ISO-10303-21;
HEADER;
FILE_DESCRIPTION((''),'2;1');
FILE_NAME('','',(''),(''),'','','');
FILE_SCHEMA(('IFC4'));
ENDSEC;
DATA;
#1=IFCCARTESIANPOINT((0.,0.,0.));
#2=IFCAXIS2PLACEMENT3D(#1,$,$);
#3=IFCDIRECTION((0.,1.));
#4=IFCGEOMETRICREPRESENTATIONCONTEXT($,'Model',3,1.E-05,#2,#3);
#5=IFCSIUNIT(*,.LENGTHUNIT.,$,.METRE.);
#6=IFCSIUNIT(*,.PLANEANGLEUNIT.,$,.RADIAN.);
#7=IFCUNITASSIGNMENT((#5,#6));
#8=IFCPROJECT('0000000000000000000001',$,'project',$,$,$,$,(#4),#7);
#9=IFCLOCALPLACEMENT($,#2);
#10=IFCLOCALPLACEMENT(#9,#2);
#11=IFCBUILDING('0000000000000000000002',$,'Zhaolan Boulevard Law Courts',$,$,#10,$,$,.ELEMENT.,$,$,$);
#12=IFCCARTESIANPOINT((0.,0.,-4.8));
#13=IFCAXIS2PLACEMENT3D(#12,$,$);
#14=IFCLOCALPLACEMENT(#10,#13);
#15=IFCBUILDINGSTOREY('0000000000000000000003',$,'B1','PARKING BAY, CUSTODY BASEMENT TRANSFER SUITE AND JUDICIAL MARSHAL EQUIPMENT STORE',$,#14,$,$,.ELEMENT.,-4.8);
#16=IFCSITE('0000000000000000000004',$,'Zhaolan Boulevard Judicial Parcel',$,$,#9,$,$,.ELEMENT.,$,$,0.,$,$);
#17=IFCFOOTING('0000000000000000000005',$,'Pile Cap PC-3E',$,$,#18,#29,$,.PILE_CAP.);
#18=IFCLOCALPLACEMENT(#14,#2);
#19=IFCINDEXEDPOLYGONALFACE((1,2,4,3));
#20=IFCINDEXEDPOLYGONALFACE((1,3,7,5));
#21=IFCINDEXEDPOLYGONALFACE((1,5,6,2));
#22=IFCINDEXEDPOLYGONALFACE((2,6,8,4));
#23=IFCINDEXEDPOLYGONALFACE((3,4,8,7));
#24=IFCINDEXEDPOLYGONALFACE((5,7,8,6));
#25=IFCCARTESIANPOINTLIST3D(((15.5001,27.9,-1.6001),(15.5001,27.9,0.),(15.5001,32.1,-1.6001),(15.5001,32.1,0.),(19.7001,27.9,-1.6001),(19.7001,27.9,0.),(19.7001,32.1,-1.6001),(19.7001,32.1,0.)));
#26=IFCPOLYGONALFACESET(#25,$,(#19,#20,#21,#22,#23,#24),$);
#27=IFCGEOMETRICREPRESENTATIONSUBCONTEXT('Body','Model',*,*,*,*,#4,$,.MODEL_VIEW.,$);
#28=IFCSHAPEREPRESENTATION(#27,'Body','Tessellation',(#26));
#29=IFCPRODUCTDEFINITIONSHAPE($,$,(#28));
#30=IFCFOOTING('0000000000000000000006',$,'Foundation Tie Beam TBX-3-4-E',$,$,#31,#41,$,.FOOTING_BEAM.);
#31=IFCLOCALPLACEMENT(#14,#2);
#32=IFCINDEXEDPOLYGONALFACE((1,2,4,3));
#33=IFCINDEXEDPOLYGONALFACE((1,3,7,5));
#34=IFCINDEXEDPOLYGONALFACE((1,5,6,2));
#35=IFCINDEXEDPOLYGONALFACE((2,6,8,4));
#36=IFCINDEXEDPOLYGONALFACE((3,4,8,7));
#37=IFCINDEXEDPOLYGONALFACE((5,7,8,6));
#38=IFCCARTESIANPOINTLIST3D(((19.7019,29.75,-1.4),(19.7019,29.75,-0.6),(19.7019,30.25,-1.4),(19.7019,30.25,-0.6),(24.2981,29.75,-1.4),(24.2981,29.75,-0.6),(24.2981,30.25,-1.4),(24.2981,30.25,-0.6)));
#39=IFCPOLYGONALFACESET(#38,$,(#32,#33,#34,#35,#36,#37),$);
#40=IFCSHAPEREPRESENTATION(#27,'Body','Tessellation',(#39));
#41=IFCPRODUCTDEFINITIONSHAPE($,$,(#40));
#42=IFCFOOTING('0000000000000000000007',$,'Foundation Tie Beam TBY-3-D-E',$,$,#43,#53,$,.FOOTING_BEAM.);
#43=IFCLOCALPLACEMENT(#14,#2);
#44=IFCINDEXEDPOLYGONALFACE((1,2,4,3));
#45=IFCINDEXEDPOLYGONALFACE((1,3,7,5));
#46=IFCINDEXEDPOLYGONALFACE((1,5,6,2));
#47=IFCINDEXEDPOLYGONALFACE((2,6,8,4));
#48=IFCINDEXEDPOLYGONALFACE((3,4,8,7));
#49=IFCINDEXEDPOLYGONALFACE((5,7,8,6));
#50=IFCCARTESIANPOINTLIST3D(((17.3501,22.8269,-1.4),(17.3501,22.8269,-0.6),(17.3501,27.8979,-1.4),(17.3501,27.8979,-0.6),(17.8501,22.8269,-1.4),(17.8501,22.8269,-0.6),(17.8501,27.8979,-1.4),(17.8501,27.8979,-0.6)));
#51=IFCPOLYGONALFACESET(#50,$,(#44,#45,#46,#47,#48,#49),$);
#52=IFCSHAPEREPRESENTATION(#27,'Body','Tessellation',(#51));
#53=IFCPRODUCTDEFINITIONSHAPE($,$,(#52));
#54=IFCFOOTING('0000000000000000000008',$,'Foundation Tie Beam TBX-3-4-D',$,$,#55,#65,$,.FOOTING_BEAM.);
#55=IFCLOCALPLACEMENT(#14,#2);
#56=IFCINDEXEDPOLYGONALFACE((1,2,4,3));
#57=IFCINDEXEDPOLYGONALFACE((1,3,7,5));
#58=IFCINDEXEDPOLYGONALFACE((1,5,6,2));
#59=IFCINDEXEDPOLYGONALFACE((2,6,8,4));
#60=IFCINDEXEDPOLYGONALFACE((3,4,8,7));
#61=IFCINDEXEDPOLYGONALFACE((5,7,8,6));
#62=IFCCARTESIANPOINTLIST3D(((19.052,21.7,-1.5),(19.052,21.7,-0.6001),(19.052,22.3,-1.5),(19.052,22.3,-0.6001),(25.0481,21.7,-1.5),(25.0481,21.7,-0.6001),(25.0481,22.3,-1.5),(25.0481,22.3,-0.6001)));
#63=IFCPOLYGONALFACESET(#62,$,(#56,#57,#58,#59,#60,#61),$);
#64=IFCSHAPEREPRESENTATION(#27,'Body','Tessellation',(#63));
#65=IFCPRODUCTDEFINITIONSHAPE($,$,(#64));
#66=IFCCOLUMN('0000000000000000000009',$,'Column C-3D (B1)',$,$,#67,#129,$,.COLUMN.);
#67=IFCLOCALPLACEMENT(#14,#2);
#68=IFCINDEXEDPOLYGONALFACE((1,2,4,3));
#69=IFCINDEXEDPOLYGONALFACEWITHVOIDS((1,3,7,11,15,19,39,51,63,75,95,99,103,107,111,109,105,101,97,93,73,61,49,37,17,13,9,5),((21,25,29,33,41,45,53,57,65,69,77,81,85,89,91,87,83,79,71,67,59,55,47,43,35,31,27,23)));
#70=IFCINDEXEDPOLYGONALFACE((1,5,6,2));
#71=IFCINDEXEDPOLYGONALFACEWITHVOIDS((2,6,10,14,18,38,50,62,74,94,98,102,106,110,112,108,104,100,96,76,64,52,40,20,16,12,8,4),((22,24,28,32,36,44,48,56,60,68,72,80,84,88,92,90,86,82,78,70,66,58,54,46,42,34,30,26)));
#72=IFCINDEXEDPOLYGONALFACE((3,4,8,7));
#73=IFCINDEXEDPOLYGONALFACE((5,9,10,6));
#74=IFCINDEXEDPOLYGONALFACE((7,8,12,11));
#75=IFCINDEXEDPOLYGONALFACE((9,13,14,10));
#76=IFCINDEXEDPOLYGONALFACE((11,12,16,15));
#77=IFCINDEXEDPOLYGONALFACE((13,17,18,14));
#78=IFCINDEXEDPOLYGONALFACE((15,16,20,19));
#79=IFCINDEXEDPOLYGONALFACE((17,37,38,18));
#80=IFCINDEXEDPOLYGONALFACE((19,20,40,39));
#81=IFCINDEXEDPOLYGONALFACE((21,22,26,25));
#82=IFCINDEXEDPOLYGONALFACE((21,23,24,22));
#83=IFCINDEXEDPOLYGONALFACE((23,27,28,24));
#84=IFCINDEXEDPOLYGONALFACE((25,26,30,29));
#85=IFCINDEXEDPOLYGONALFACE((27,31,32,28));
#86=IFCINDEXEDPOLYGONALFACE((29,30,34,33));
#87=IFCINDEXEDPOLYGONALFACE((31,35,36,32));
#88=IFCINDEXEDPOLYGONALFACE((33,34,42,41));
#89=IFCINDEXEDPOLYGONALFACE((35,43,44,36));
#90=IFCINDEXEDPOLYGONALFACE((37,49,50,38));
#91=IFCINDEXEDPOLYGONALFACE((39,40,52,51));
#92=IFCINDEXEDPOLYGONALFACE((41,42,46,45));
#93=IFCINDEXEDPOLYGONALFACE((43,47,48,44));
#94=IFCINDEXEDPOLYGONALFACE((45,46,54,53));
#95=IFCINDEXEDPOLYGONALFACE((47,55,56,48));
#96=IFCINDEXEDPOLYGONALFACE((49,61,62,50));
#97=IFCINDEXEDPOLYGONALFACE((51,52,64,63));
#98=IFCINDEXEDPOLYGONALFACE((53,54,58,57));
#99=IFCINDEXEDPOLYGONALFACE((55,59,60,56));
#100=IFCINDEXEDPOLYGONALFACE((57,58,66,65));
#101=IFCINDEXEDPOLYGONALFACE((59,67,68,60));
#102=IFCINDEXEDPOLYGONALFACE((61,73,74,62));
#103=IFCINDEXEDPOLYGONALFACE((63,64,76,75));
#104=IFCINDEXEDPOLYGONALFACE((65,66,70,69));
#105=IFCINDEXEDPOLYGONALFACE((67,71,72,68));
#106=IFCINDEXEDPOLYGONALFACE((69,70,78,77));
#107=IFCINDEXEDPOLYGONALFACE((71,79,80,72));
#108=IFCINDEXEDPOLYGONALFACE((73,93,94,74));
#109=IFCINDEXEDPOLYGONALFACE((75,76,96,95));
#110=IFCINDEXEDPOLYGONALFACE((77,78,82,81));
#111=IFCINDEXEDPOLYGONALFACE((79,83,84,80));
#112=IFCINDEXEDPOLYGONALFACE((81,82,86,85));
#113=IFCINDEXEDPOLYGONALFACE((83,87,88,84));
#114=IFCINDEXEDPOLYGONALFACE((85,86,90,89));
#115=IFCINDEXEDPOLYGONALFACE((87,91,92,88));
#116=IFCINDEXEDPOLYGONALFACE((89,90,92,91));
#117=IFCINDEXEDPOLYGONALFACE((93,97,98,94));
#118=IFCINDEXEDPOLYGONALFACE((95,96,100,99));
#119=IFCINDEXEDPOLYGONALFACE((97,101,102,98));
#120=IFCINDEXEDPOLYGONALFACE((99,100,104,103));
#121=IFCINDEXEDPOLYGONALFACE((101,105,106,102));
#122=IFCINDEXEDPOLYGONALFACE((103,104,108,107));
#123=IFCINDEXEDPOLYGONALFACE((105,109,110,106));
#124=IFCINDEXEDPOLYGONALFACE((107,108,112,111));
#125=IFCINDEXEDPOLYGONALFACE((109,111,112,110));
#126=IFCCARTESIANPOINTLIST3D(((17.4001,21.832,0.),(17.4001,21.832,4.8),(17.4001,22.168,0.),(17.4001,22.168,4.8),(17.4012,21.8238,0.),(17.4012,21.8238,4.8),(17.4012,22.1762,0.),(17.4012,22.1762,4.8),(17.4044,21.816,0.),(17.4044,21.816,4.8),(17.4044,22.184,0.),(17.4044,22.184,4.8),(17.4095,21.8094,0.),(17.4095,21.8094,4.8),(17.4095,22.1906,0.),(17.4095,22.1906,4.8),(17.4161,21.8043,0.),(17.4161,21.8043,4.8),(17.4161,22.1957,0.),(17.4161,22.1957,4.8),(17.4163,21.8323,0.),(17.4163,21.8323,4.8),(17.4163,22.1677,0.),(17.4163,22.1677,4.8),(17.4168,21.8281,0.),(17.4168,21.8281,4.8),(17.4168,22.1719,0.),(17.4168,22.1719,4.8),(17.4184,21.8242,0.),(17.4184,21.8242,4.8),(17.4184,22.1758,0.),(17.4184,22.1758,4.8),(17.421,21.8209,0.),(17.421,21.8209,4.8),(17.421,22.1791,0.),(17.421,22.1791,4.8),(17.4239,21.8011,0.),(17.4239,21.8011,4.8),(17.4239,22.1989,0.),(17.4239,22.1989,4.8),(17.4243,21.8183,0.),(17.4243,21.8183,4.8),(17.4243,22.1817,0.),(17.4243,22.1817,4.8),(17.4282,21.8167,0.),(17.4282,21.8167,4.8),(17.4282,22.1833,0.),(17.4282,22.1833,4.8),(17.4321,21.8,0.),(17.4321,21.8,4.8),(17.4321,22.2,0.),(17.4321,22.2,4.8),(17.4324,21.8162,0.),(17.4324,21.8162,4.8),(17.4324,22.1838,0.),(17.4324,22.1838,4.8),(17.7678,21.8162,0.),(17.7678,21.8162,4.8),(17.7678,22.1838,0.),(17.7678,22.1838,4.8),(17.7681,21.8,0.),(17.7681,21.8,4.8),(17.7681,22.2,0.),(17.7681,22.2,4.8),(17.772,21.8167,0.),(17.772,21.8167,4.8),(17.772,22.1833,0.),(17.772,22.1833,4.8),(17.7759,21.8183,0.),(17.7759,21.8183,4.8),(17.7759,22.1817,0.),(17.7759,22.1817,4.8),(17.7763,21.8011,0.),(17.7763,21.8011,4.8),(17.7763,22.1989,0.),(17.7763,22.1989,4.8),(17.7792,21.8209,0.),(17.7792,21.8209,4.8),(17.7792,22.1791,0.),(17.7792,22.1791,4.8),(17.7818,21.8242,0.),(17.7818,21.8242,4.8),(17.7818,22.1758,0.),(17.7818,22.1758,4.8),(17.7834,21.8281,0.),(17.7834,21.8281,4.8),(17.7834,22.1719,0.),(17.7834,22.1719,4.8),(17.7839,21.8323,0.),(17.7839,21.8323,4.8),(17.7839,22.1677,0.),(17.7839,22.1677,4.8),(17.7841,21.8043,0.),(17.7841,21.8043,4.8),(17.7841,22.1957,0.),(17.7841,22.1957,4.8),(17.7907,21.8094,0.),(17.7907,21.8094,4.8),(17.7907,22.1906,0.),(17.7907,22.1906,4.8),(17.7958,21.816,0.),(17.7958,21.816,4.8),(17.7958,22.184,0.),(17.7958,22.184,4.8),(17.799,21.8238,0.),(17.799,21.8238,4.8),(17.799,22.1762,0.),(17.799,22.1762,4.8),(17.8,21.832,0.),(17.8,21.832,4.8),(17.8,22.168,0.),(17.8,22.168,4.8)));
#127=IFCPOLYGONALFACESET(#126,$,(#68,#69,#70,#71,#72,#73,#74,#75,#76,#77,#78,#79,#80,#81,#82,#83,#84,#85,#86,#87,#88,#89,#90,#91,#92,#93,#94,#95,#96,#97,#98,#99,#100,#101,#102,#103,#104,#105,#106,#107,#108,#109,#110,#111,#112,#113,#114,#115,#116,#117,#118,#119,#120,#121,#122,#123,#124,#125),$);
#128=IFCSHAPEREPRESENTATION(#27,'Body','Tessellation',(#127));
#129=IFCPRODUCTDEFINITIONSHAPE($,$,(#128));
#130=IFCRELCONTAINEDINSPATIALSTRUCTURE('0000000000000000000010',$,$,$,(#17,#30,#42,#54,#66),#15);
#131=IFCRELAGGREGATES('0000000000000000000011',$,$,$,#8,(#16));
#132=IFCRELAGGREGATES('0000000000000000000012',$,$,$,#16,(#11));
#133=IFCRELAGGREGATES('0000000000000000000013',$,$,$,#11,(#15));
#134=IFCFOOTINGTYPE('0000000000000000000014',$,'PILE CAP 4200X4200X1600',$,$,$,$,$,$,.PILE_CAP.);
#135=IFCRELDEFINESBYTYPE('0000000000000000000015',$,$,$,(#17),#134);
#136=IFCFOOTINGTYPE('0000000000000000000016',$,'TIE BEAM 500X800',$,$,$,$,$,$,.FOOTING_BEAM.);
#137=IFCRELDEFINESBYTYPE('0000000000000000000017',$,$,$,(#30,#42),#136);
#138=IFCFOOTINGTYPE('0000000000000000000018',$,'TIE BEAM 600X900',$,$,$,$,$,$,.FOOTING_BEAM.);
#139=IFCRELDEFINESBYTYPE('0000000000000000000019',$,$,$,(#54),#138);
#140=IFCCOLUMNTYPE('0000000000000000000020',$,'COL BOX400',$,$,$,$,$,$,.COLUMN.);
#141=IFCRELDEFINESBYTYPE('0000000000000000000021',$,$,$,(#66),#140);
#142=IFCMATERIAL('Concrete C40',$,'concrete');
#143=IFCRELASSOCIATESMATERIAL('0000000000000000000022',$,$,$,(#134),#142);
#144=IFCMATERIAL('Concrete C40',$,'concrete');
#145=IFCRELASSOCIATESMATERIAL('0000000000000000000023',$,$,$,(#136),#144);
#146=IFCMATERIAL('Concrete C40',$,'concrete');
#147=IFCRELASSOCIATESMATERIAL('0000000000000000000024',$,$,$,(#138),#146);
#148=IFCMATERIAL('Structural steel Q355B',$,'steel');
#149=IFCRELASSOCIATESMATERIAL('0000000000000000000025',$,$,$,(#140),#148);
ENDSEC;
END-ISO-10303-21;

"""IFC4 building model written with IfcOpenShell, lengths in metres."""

from ifc_helpers import new_model, si_unit, direction, frame, origin, origin_2d, place, context, subcontext, project, spatial, rectangle, hollow_rectangle, extrude, material, material_profile, profile_set, type_object, element, save


model = new_model("IFC4")

# Units and contexts
model_context = context("Model", 3, precision=1e-05, world=origin(), true_north=direction((0.0, 1.0)))
body_context = subcontext(model_context, "Body", "Model", "MODEL_VIEW")
ifc_project = project(units=[si_unit("LENGTHUNIT", "METRE"), si_unit("PLANEANGLEUNIT", "RADIAN")], contexts=[model_context])

# Site, building, storey
site_placement = place(None, origin())
site = spatial("IfcSite", under=ifc_project, at=site_placement, Name="Zhaolan Boulevard Judicial Parcel", CompositionType="ELEMENT", RefElevation=0.0)
building_placement = place(site_placement, origin())
building = spatial("IfcBuilding", under=site, at=building_placement, Name="Zhaolan Boulevard Law Courts", CompositionType="ELEMENT")
storey_placement = place(building_placement, frame((0.0, 0.0, -4.8)))
storey = spatial("IfcBuildingStorey", under=building, at=storey_placement, Name="B1", Description="PARKING BAY, CUSTODY BASEMENT TRANSFER SUITE AND JUDICIAL MARSHAL EQUIPMENT STORE", CompositionType="ELEMENT", Elevation=-4.8)

# Footings
ifc_material_1 = material(Name="Concrete C40", Category="concrete")
footing_type_1 = type_object("IfcFootingType", Name="PILE CAP 4200X4200X1600", PredefinedType="PILE_CAP", material=ifc_material_1)
footing_1_placement = place(storey_placement, frame((17.6001, 30.0, -1.6001), z_axis=(0.0, 0.0, 1.0), x_axis=(1.0, 0.0, 0.0)))
element("IfcFooting", 1, at=footing_1_placement, inside=storey, type_object=footing_type_1, Name="Pile Cap PC-3E", PredefinedType="PILE_CAP", context=body_context, shape_type="SweptSolid", body=[
    extrude(rectangle(XDim=4.2, YDim=4.2, at=origin_2d()), origin(), (0.0, 0.0, 1.0), 1.6001),
])
ifc_material_2 = material(Name="Concrete C40", Category="concrete")
ifc_material_profile_1 = material_profile(ifc_material_2, rectangle(XDim=0.5, YDim=0.8, at=origin_2d()), Name="RC500x800")
ifc_profile_set_1 = profile_set([ifc_material_profile_1], Name="Concrete C40")
footing_type_2 = type_object("IfcFootingType", Name="TIE BEAM 500X800", PredefinedType="FOOTING_BEAM", material=ifc_profile_set_1)
footing_2_placement = place(storey_placement, frame((19.7019, 30.0, -1.0), z_axis=(1.0, 0.0, 0.0), x_axis=(0.0, 1.0, 0.0)))
element("IfcFooting", 2, at=footing_2_placement, inside=storey, type_object=footing_type_2, Name="Foundation Tie Beam TBX-3-4-E", PredefinedType="FOOTING_BEAM", context=body_context, shape_type="SweptSolid", body=[
    extrude(rectangle(XDim=0.5, YDim=0.8, at=origin_2d()), origin(), (0.0, 0.0, 1.0), 4.5962),
])
footing_3_placement = place(storey_placement, frame((17.6001, 22.8269, -1.0), z_axis=(0.0, 1.0, 0.0), x_axis=(-1.0, 0.0, 0.0)))
element("IfcFooting", 3, at=footing_3_placement, inside=storey, type_object=footing_type_2, Name="Foundation Tie Beam TBY-3-D-E", PredefinedType="FOOTING_BEAM", context=body_context, shape_type="SweptSolid", body=[
    extrude(rectangle(XDim=0.5, YDim=0.8, at=origin_2d()), origin(), (0.0, 0.0, 1.0), 5.071),
])
ifc_material_3 = material(Name="Concrete C40", Category="concrete")
ifc_material_profile_2 = material_profile(ifc_material_3, rectangle(XDim=0.6001, YDim=0.8999, at=origin_2d()), Name="RC600x900")
ifc_profile_set_2 = profile_set([ifc_material_profile_2], Name="Concrete C40")
footing_type_3 = type_object("IfcFootingType", Name="TIE BEAM 600X900", PredefinedType="FOOTING_BEAM", material=ifc_profile_set_2)
footing_4_placement = place(storey_placement, frame((19.052, 22.0, -1.05), z_axis=(1.0, 0.0, 0.0), x_axis=(0.0, 1.0, 0.0)))
element("IfcFooting", 4, at=footing_4_placement, inside=storey, type_object=footing_type_3, Name="Foundation Tie Beam TBX-3-4-D", PredefinedType="FOOTING_BEAM", context=body_context, shape_type="SweptSolid", body=[
    extrude(rectangle(XDim=0.6001, YDim=0.8999, at=origin_2d()), origin(), (0.0, 0.0, 1.0), 5.9961),
])

# Column
ifc_material_4 = material(Name="Structural steel Q355B", Category="steel")
ifc_material_profile_3 = material_profile(ifc_material_4, hollow_rectangle(XDim=0.3999, YDim=0.3999, WallThickness=0.0161, InnerFilletRadius=0.0161, OuterFilletRadius=0.032, at=origin_2d()), Name="BOX400x400x16")
ifc_profile_set_3 = profile_set([ifc_material_profile_3], Name="Structural steel Q355B")
column_type_1 = type_object("IfcColumnType", Name="COL BOX400", PredefinedType="COLUMN", material=ifc_profile_set_3)
column_1_placement = place(storey_placement, frame((17.6001, 22.0, 0.0), z_axis=(0.0, 0.0, 1.0), x_axis=(1.0, 0.0, 0.0)))
element("IfcColumn", 5, at=column_1_placement, inside=storey, type_object=column_type_1, Name="Column C-3D (B1)", PredefinedType="COLUMN", context=body_context, shape_type="SweptSolid", body=[
    extrude(hollow_rectangle(XDim=0.3999, YDim=0.3999, WallThickness=0.0161, InnerFilletRadius=0.0161, OuterFilletRadius=0.032, at=origin_2d()), origin(), (0.0, 0.0, 1.0), 4.8),
])

save(model, "model.ifc")
